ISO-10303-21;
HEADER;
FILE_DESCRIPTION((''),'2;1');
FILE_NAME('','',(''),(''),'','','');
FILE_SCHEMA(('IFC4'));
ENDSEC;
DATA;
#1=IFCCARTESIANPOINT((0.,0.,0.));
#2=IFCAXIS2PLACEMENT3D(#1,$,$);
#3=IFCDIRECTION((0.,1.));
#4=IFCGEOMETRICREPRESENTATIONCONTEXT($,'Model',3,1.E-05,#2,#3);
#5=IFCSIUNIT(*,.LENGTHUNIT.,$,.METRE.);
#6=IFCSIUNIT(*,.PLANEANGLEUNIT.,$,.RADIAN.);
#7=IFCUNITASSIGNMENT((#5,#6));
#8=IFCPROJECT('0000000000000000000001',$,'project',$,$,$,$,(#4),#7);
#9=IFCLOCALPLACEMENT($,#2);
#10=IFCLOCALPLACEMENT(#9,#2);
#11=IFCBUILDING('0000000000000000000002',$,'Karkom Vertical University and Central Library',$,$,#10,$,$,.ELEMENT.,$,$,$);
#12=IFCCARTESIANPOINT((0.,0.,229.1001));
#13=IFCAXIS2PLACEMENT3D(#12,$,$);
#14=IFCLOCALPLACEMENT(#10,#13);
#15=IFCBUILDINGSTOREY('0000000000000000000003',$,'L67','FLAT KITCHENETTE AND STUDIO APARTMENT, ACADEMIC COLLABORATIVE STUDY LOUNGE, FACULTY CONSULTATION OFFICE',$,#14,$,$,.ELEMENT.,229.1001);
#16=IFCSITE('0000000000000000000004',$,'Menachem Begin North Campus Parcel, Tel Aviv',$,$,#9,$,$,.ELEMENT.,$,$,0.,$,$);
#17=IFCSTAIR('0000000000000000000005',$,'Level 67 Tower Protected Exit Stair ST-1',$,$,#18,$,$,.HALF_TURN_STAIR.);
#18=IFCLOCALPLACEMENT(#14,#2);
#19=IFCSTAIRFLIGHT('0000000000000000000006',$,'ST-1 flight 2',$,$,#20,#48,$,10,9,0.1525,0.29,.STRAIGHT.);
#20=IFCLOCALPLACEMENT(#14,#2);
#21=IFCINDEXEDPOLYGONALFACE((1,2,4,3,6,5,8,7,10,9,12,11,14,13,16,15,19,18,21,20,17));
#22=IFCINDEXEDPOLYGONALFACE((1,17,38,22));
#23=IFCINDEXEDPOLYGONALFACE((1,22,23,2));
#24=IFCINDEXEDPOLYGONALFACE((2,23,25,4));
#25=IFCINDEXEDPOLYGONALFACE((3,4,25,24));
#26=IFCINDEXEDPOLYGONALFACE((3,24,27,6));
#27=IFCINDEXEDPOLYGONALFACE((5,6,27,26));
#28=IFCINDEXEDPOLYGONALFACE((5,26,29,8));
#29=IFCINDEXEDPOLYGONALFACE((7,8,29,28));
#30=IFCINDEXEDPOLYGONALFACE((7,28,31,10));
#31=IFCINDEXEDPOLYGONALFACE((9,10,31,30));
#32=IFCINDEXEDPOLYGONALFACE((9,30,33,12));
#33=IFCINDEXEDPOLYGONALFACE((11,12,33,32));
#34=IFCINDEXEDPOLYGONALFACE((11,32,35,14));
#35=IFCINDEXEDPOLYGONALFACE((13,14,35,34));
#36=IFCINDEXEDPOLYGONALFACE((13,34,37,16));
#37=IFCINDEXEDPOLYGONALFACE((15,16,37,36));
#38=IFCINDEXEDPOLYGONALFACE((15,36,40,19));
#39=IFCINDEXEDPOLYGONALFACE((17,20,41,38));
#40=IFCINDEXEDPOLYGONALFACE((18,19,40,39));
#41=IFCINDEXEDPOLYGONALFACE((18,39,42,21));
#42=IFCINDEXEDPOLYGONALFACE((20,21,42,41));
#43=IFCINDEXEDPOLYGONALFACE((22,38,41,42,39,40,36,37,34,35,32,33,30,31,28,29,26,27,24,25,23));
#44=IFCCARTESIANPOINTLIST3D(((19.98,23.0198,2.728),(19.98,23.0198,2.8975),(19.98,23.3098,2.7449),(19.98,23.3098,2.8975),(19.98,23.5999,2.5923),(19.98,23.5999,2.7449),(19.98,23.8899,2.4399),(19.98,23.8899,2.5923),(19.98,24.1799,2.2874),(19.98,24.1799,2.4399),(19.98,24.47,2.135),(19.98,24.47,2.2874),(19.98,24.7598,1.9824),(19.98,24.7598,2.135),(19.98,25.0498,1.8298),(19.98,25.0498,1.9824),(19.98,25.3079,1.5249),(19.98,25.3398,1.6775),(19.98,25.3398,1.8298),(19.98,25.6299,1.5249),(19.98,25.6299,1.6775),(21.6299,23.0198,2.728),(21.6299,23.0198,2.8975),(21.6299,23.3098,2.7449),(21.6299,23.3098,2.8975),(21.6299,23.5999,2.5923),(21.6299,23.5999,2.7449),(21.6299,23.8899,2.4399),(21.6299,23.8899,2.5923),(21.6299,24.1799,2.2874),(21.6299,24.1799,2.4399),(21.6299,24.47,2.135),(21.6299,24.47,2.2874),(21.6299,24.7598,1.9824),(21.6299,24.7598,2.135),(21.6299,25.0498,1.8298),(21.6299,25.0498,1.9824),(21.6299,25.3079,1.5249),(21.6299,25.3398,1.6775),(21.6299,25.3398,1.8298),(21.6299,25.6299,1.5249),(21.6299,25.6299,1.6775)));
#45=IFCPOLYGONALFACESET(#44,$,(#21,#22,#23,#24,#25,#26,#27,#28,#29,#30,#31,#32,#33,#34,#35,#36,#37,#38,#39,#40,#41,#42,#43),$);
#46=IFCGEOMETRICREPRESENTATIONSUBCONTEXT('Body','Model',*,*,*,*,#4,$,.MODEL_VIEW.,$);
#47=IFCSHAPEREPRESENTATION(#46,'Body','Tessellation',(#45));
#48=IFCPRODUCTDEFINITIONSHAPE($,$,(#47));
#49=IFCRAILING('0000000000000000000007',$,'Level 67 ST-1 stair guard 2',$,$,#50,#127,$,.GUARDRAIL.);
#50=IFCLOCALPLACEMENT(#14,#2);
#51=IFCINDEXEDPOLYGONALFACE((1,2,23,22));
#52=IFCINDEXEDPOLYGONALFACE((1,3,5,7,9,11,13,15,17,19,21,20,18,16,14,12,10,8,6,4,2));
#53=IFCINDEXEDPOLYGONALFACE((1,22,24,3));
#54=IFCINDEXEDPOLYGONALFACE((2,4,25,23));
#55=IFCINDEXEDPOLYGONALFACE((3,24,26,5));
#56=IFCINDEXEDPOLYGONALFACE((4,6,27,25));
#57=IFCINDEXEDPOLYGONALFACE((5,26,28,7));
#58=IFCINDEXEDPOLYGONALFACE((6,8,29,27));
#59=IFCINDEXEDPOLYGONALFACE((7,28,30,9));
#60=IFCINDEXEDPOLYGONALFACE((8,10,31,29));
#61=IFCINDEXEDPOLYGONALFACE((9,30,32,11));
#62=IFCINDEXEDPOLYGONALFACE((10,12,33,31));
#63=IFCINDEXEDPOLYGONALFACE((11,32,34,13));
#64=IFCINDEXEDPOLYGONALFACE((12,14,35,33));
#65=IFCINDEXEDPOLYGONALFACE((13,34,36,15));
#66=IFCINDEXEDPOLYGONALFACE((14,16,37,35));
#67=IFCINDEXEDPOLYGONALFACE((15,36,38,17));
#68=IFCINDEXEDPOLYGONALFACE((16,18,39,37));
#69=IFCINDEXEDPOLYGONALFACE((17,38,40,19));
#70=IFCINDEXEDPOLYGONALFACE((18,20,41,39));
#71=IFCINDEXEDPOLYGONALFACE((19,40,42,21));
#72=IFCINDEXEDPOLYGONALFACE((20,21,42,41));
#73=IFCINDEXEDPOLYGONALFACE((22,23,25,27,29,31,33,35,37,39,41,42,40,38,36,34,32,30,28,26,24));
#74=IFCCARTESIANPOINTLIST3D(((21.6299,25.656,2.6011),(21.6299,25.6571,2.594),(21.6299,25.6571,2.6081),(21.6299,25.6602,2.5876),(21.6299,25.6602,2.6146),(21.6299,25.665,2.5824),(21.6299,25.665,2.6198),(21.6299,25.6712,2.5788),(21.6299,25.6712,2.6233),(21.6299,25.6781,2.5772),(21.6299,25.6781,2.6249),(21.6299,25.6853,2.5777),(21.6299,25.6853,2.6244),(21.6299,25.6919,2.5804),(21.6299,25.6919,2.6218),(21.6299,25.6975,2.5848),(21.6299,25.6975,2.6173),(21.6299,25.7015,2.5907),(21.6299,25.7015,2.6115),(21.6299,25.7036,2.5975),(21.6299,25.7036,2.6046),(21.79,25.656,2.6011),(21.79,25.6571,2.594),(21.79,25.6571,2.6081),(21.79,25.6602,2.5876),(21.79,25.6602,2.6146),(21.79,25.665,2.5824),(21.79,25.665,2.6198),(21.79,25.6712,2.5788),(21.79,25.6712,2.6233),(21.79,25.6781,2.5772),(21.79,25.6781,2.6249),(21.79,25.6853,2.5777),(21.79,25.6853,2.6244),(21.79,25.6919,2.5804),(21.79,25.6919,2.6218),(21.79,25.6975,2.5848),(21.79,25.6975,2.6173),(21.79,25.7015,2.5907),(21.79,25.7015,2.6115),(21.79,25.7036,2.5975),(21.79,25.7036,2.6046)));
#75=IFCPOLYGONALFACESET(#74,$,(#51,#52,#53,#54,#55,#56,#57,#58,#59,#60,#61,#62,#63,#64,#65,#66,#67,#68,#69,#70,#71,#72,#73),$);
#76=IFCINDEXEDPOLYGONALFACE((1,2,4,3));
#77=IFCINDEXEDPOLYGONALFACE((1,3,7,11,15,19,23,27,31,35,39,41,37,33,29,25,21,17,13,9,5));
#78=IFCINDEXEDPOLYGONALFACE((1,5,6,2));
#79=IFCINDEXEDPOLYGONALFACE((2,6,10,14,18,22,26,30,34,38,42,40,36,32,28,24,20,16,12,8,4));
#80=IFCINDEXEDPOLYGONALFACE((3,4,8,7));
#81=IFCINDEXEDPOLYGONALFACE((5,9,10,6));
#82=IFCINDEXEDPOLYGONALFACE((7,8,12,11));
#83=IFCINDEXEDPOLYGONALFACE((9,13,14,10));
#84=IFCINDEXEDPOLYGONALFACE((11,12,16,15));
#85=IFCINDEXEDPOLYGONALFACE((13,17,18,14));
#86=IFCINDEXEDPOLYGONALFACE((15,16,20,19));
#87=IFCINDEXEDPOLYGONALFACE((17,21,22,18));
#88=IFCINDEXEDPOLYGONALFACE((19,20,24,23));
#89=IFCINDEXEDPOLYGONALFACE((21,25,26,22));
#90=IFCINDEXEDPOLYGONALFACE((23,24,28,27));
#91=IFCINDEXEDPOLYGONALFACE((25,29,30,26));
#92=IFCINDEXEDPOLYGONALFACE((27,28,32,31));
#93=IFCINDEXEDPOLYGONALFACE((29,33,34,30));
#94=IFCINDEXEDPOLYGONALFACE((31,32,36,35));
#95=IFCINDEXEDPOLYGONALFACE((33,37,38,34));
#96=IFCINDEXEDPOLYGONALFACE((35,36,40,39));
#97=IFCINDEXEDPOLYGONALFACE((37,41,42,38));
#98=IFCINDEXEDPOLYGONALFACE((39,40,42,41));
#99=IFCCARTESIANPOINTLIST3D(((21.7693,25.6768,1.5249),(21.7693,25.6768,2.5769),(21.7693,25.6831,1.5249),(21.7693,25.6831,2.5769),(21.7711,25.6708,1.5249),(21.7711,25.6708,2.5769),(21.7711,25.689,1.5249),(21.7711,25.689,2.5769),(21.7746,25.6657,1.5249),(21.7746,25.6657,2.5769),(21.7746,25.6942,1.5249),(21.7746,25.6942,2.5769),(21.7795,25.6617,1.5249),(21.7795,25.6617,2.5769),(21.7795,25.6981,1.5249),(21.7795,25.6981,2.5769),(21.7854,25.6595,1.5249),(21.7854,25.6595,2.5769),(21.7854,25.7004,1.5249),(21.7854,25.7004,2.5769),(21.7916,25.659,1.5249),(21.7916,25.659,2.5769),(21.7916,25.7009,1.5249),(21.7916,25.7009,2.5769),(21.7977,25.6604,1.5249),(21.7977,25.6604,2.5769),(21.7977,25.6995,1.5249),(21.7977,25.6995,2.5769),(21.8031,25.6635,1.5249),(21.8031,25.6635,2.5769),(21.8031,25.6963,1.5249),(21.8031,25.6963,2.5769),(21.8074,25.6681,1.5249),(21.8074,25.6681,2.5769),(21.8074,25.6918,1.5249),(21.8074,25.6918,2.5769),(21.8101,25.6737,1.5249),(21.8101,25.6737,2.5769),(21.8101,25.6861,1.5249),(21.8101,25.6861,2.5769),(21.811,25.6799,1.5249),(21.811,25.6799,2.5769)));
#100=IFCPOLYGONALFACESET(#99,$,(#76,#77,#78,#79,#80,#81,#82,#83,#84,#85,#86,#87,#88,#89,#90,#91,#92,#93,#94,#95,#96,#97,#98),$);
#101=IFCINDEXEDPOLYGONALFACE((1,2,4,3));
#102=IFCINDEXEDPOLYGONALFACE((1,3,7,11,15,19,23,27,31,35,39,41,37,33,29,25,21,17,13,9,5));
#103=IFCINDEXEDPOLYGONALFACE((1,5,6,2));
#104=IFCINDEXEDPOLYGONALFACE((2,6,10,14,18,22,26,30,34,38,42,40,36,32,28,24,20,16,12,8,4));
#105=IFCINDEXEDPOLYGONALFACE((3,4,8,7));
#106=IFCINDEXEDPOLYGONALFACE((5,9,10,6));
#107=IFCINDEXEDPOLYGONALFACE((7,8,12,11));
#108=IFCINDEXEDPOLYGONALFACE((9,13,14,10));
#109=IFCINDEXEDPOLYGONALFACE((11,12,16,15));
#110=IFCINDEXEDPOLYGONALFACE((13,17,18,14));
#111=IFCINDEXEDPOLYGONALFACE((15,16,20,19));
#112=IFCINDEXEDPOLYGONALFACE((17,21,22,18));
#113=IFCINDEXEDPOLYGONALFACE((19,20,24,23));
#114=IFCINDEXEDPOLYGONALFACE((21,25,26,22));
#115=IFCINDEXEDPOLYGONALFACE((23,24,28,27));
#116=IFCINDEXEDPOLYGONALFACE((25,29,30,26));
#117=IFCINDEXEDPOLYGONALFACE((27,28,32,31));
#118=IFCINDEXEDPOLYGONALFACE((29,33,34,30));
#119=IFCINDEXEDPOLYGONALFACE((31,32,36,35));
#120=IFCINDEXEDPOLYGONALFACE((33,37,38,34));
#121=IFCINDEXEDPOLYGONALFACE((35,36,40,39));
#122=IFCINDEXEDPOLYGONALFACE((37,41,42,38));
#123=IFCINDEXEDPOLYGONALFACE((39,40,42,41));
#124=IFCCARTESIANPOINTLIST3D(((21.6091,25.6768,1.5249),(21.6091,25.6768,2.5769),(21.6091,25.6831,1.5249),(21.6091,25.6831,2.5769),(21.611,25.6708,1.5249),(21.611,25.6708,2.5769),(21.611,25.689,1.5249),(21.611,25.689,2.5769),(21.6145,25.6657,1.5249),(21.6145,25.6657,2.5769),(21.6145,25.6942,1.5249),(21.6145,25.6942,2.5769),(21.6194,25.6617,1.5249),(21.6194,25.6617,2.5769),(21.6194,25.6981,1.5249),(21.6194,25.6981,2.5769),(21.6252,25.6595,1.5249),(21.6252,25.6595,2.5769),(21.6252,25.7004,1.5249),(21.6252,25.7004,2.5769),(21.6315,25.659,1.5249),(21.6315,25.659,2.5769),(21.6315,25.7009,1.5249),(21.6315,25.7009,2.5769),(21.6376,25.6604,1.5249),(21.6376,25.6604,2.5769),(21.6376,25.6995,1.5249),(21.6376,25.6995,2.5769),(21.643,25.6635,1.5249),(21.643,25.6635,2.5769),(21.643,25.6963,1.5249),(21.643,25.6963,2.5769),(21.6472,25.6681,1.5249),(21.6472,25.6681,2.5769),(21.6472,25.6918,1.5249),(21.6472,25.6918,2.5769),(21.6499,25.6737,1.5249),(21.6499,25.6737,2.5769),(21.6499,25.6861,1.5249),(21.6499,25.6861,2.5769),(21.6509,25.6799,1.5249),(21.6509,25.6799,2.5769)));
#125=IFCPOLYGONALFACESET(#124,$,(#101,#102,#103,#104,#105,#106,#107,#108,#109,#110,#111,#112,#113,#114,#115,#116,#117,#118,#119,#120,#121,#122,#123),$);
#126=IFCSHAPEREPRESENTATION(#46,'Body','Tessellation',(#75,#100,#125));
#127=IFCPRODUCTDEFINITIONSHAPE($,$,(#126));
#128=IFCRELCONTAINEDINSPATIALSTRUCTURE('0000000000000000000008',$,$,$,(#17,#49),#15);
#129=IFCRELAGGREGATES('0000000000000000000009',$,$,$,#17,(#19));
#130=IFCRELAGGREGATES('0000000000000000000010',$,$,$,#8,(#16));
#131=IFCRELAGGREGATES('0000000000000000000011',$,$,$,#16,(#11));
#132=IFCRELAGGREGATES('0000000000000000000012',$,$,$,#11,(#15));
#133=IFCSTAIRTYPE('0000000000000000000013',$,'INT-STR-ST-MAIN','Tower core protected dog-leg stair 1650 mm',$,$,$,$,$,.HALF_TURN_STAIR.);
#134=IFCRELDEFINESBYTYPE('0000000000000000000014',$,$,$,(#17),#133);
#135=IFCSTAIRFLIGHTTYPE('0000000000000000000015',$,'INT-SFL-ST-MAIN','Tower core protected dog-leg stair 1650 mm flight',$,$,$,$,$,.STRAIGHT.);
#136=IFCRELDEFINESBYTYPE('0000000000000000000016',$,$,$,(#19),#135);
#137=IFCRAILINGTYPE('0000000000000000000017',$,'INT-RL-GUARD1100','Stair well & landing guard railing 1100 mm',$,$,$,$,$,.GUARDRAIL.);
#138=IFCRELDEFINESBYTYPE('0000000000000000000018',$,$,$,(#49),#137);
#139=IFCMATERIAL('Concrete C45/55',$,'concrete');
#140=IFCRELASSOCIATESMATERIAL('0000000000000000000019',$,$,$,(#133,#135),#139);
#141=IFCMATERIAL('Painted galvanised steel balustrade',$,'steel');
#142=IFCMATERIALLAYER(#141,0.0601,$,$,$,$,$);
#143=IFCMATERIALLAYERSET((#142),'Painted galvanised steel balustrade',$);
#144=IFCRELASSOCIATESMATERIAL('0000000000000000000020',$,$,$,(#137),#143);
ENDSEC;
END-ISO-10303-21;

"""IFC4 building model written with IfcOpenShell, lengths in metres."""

from ifc_helpers import new_model, si_unit, direction, frame, origin, origin_2d, place, context, subcontext, project, spatial, polyline, circle, outline, extrude, material, layer, layer_set, type_object, element, aggregate, save


model = new_model("IFC4")

# Units and contexts
model_context = context("Model", 3, precision=1e-05, world=origin(), true_north=direction((0.0, 1.0)))
body_context = subcontext(model_context, "Body", "Model", "MODEL_VIEW")
ifc_project = project(units=[si_unit("LENGTHUNIT", "METRE"), si_unit("PLANEANGLEUNIT", "RADIAN")], contexts=[model_context])

# Site, building, storey
site_placement = place(None, origin())
site = spatial("IfcSite", under=ifc_project, at=site_placement, Name="Menachem Begin North Campus Parcel, Tel Aviv", CompositionType="ELEMENT", RefElevation=0.0)
building_placement = place(site_placement, origin())
building = spatial("IfcBuilding", under=site, at=building_placement, Name="Karkom Vertical University and Central Library", CompositionType="ELEMENT")
storey_placement = place(building_placement, frame((0.0, 0.0, 229.1001)))
storey = spatial("IfcBuildingStorey", under=building, at=storey_placement, Name="L67", Description="FLAT KITCHENETTE AND STUDIO APARTMENT, ACADEMIC COLLABORATIVE STUDY LOUNGE, FACULTY CONSULTATION OFFICE", CompositionType="ELEMENT", Elevation=229.1001)

# Shared definitions
ifc_material_1 = material(Name="Concrete C45/55", Category="concrete")

# Stair, stair flight
stair_type = type_object("IfcStairType", Name="INT-STR-ST-MAIN", Description="Tower core protected dog-leg stair 1650 mm", PredefinedType="HALF_TURN_STAIR", material=ifc_material_1)
stair_placement = place(storey_placement, origin())
stair = element("IfcStair", 1, at=stair_placement, inside=storey, type_object=stair_type, Name="Level 67 Tower Protected Exit Stair ST-1", PredefinedType="HALF_TURN_STAIR")
stair_flight_type = type_object("IfcStairFlightType", Name="INT-SFL-ST-MAIN", Description="Tower core protected dog-leg stair 1650 mm flight", PredefinedType="STRAIGHT", material=ifc_material_1)
stair_flight_placement = place(storey_placement, frame((20.8049, 25.6299, 1.5249), z_axis=(0.0, 0.0, 1.0), x_axis=(0.0, -1.0, 0.0)))
stair_flight = element("IfcStairFlight", 2, at=stair_flight_placement, type_object=stair_flight_type, Name="ST-1 flight 2", NumberOfRisers=10, NumberOfTreads=9, PredefinedType="STRAIGHT", RiserHeight=0.1525, TreadLength=0.29, context=body_context, shape_type="SweptSolid", body=[
    extrude(outline(polyline([(0.0, 0.0), (0.0, 0.1526), (0.29, 0.1526), (0.29, 0.3049), (0.5801, 0.3049), (0.5801, 0.4575), (0.8701, 0.4575), (0.8701, 0.6101), (1.1599, 0.6101), (1.1599, 0.7625), (1.45, 0.7625), (1.45, 0.915), (1.74, 0.915), (1.74, 1.0674), (2.03, 1.0674), (2.03, 1.22), (2.3201, 1.22), (2.3201, 1.3726), (2.6101, 1.3726), (2.6101, 1.5249), (2.6101, 1.2031), (0.322, 0.0), (0.0, 0.0)])), frame((0.0, 0.825, 0.0), z_axis=(0.0, -1.0, 0.0), x_axis=(1.0, 0.0, 0.0)), (0.0, 0.0, 1.0), 1.6499),
])
aggregate(stair, [stair_flight])

# Railing
ifc_material_2 = material(Name="Painted galvanised steel balustrade", Category="steel")
ifc_layer_1 = layer(ifc_material_2, 0.0601)
ifc_layer_set_1 = layer_set([ifc_layer_1], Name="Painted galvanised steel balustrade")
railing_type_1 = type_object("IfcRailingType", Name="INT-RL-GUARD1100", Description="Stair well & landing guard railing 1100 mm", PredefinedType="GUARDRAIL", material=ifc_layer_set_1)
railing_1_placement = place(storey_placement, frame((21.79, 25.6799, 1.5249)))
element("IfcRailing", 3, at=railing_1_placement, inside=storey, type_object=railing_type_1, Name="Level 67 ST-1 stair guard 2", PredefinedType="GUARDRAIL", context=body_context, shape_type="SweptSolid", body=[
    extrude(circle(Radius=0.0239, at=origin_2d()), frame((0.0, 0.0, 1.0762), z_axis=(-1.0, 0.0, 0.0), x_axis=(0.0, -1.0, 0.0)), (0.0, 0.0, 1.0), 0.1602),
    extrude(circle(Radius=0.021, at=origin_2d()), origin(), (0.0, 0.0, 1.0), 1.052),
    extrude(circle(Radius=0.021, at=origin_2d()), frame((-0.1602, 0.0, 0.0)), (0.0, 0.0, 1.0), 1.052),
])

save(model, "model.ifc")
